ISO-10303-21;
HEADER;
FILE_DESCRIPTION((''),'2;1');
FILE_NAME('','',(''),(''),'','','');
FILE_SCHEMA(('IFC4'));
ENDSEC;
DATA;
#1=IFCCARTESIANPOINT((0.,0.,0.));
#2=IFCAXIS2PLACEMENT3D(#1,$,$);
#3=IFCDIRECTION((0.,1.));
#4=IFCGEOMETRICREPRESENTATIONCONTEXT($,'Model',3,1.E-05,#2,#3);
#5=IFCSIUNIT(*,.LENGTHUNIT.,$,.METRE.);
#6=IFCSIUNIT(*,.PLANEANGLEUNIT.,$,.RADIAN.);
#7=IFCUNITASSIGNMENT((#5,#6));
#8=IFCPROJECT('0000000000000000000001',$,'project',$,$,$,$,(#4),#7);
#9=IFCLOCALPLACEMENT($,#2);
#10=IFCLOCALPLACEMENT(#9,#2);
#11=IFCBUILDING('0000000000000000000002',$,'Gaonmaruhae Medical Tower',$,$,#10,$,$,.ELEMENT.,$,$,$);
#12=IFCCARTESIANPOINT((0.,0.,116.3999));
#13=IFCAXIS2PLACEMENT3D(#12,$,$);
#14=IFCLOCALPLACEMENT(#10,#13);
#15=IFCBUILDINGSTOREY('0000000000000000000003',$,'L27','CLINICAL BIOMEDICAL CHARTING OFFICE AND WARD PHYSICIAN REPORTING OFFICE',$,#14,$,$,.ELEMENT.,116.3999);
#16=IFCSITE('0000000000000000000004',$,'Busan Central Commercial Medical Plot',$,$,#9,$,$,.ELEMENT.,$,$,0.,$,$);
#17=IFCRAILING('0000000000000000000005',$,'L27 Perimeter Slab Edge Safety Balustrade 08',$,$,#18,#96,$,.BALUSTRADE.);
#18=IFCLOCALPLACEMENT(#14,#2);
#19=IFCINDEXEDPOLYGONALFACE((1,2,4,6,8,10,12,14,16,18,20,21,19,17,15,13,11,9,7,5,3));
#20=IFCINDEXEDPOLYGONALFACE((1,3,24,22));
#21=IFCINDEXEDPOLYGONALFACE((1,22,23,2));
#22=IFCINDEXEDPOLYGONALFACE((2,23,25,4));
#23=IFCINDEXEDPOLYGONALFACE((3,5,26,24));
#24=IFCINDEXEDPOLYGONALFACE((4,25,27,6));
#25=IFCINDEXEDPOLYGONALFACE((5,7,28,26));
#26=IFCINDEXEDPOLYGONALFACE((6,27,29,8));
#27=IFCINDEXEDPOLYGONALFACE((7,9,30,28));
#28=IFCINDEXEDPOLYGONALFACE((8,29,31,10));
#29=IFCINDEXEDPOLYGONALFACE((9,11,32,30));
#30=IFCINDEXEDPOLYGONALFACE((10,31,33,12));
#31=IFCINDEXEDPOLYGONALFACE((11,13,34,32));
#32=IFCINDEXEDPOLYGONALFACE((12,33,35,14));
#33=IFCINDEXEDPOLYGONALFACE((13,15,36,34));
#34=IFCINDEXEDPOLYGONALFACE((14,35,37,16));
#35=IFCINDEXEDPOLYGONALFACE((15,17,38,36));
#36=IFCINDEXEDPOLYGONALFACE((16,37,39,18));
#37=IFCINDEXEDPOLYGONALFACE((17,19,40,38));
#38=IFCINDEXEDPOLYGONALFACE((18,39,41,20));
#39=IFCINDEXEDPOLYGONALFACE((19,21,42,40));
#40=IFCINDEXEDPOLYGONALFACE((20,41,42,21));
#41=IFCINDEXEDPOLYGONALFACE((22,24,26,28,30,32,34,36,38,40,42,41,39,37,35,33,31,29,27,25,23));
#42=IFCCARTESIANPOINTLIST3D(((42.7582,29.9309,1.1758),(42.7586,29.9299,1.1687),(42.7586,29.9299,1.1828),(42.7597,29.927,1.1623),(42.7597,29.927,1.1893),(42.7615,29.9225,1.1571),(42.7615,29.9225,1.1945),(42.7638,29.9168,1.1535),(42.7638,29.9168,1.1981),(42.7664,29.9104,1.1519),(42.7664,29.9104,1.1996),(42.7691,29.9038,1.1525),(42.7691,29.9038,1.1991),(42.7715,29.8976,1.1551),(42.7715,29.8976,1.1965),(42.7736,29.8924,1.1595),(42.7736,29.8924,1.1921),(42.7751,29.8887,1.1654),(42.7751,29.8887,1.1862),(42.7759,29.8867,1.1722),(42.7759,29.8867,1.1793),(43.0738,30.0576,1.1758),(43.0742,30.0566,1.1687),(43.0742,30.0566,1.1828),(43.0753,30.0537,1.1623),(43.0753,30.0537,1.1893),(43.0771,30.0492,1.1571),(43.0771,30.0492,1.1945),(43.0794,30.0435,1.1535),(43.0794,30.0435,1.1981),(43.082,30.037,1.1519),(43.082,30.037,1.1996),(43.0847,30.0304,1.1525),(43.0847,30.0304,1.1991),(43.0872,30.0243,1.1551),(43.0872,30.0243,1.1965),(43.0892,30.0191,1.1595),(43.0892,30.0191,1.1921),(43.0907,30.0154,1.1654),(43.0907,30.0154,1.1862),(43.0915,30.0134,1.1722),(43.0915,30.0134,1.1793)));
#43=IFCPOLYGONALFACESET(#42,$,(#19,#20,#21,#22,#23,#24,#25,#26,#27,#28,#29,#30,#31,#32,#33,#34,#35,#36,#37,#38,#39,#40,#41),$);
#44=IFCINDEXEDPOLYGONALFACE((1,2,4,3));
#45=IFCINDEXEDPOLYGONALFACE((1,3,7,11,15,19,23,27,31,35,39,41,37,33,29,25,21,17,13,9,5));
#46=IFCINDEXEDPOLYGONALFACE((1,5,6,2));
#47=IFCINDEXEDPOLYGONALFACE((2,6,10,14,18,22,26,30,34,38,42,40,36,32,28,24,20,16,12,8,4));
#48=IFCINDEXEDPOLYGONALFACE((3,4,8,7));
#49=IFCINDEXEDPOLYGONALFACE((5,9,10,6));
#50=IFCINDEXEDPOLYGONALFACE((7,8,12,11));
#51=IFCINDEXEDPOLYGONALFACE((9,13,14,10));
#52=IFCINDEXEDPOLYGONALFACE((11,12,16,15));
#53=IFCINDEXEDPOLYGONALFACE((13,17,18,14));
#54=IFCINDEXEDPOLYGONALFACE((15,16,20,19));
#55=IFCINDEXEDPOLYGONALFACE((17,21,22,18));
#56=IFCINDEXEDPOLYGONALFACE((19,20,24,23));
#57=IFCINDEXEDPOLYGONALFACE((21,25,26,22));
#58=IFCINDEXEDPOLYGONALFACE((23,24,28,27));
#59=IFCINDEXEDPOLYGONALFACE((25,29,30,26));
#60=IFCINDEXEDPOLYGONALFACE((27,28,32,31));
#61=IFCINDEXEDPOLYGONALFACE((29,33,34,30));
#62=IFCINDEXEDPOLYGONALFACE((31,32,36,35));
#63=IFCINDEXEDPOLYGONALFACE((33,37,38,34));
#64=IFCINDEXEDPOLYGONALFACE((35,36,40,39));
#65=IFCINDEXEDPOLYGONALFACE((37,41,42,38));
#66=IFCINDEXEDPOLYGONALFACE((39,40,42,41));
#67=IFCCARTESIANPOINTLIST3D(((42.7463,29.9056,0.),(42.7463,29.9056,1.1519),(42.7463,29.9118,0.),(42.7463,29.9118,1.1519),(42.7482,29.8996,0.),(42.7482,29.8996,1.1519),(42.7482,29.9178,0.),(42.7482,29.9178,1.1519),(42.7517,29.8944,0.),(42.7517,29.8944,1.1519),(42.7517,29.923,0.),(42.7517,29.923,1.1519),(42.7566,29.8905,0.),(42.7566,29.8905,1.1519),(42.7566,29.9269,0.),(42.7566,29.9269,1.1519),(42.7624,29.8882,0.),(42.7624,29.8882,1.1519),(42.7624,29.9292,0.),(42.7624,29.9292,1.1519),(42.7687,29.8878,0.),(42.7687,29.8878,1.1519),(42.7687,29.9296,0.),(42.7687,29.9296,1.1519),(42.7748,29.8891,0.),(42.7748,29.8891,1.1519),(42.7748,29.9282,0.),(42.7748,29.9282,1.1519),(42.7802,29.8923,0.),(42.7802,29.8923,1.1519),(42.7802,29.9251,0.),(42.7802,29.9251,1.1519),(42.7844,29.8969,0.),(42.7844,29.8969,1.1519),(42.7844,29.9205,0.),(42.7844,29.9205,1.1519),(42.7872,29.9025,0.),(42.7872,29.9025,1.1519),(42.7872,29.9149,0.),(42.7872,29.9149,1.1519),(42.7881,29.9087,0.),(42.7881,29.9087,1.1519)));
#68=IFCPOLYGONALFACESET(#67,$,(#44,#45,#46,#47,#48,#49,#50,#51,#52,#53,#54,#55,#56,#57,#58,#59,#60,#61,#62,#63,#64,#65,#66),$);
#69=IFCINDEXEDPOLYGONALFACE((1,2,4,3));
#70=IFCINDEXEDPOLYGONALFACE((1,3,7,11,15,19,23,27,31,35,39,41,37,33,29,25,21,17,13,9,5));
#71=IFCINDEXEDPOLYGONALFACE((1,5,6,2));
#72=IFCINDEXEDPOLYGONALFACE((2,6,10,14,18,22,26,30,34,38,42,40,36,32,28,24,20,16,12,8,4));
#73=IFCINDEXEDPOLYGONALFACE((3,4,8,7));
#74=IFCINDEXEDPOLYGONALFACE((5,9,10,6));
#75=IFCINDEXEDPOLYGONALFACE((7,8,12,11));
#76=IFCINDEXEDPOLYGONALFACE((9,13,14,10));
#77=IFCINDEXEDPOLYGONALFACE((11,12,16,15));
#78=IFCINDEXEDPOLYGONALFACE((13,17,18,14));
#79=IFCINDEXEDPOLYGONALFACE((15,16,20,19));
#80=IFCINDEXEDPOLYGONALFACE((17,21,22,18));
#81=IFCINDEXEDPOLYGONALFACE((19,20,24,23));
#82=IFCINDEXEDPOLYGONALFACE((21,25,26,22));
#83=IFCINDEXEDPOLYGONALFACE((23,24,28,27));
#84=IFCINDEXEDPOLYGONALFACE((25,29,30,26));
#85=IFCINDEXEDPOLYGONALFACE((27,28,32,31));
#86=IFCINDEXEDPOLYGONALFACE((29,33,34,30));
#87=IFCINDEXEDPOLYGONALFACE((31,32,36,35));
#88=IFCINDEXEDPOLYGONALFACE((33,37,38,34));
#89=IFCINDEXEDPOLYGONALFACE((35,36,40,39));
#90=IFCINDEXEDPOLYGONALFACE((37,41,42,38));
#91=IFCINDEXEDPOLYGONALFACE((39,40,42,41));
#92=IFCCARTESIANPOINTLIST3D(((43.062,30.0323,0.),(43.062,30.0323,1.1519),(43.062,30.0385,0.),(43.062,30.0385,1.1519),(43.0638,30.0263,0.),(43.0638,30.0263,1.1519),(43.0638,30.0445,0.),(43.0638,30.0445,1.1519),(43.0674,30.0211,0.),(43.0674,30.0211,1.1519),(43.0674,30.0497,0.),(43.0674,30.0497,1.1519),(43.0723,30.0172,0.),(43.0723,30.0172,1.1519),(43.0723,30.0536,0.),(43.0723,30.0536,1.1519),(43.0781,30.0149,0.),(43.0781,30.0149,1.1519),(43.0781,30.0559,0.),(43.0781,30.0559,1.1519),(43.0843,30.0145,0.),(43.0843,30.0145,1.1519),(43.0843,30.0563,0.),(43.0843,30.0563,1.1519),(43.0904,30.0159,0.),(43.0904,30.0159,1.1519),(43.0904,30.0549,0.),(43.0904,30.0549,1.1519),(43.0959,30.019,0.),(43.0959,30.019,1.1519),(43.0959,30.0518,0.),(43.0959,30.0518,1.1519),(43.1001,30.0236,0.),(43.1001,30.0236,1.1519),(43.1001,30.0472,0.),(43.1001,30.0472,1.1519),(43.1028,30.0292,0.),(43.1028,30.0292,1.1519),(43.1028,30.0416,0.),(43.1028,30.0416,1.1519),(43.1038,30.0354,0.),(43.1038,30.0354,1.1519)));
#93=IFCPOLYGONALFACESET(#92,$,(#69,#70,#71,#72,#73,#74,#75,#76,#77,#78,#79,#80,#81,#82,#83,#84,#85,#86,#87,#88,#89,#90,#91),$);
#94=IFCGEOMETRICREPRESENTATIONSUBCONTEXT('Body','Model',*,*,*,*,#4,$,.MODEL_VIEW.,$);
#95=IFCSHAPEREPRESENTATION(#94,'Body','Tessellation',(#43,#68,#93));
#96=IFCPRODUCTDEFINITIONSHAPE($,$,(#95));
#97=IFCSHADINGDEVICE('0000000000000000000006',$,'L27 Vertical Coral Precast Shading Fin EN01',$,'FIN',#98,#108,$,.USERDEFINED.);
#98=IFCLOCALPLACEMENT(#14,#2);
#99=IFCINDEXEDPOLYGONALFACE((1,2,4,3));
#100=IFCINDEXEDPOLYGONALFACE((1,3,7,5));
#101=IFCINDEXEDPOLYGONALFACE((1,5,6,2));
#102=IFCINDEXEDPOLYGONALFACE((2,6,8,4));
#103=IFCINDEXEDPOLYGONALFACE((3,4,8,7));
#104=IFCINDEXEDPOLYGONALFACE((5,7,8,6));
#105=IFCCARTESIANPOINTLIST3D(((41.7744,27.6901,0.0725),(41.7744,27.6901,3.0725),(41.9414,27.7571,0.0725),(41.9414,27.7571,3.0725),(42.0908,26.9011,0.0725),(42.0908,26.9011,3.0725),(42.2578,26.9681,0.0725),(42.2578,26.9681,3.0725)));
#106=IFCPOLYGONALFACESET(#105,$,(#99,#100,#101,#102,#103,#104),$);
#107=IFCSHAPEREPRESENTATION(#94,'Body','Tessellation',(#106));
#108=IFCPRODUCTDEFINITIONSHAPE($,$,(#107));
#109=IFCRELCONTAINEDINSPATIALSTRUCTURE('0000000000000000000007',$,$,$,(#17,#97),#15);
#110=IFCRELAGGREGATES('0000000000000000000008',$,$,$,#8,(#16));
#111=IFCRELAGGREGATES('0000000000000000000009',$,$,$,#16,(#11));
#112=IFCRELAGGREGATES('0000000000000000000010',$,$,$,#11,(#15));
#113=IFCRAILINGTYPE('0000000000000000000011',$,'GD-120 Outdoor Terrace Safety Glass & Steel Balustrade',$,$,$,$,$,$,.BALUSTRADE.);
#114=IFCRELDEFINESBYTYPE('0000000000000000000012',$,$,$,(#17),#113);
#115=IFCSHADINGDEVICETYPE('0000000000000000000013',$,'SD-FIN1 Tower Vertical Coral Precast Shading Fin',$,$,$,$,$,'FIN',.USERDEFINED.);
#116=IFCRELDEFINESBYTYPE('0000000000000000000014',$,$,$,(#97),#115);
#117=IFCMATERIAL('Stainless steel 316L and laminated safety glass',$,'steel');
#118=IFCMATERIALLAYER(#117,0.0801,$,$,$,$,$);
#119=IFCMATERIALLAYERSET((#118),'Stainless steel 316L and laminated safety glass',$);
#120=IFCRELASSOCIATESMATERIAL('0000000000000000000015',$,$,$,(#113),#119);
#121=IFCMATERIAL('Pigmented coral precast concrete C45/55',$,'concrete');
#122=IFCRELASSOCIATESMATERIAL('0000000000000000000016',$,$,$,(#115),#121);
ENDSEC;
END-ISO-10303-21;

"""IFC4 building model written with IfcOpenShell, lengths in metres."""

from ifc_helpers import new_model, si_unit, direction, frame, origin, origin_2d, place, context, subcontext, project, spatial, rectangle, circle, extrude, material, layer, layer_set, type_object, element, save


model = new_model("IFC4")

# Units and contexts
model_context = context("Model", 3, precision=1e-05, world=origin(), true_north=direction((0.0, 1.0)))
body_context = subcontext(model_context, "Body", "Model", "MODEL_VIEW")
ifc_project = project(units=[si_unit("LENGTHUNIT", "METRE"), si_unit("PLANEANGLEUNIT", "RADIAN")], contexts=[model_context])

# Site, building, storey
site_placement = place(None, origin())
site = spatial("IfcSite", under=ifc_project, at=site_placement, Name="Busan Central Commercial Medical Plot", CompositionType="ELEMENT", RefElevation=0.0)
building_placement = place(site_placement, origin())
building = spatial("IfcBuilding", under=site, at=building_placement, Name="Gaonmaruhae Medical Tower", CompositionType="ELEMENT")
storey_placement = place(building_placement, frame((0.0, 0.0, 116.3999)))
storey = spatial("IfcBuildingStorey", under=building, at=storey_placement, Name="L27", Description="CLINICAL BIOMEDICAL CHARTING OFFICE AND WARD PHYSICIAN REPORTING OFFICE", CompositionType="ELEMENT", Elevation=116.3999)

# Railing
ifc_material_1 = material(Name="Stainless steel 316L and laminated safety glass", Category="steel")
ifc_layer_1 = layer(ifc_material_1, 0.0801)
ifc_layer_set_1 = layer_set([ifc_layer_1], Name="Stainless steel 316L and laminated safety glass")
railing_type = type_object("IfcRailingType", Name="GD-120 Outdoor Terrace Safety Glass & Steel Balustrade", PredefinedType="BALUSTRADE", material=ifc_layer_set_1)
railing_1_placement = place(storey_placement, frame((42.7671, 29.9087, 0.0)))
element("IfcRailing", 1, at=railing_1_placement, inside=storey, type_object=railing_type, Name="L27 Perimeter Slab Edge Safety Balustrade 08", PredefinedType="BALUSTRADE", context=body_context, shape_type="SweptSolid", body=[
    extrude(circle(Radius=0.0239, at=origin_2d()), frame((0.0, 0.0, 1.1758), z_axis=(0.928031, 0.372504, 0.0), x_axis=(-0.372504, 0.928031, 0.0)), (0.0, 0.0, 1.0), 0.3401),
    extrude(circle(Radius=0.021, at=origin_2d()), origin(), (0.0, 0.0, 1.0), 1.1519),
    extrude(circle(Radius=0.021, at=origin_2d()), frame((0.3157, 0.1267, 0.0)), (0.0, 0.0, 1.0), 1.1519),
])

# Shading device
ifc_material_2 = material(Name="Pigmented coral precast concrete C45/55", Category="concrete")
shading_device_type = type_object("IfcShadingDeviceType", Name="SD-FIN1 Tower Vertical Coral Precast Shading Fin", ElementType="FIN", PredefinedType="USERDEFINED", material=ifc_material_2)
shading_device_placement = place(storey_placement, frame((42.0161, 27.3291, 0.0725), z_axis=(0.0, 0.0, 1.0), x_axis=(0.928161, 0.372178, 0.0)))
element("IfcShadingDevice", 2, at=shading_device_placement, inside=storey, type_object=shading_device_type, Name="L27 Vertical Coral Precast Shading Fin EN01", ObjectType="FIN", PredefinedType="USERDEFINED", context=body_context, shape_type="SweptSolid", body=[
    extrude(rectangle(XDim=0.1799, YDim=0.8501, at=origin_2d()), origin(), (0.0, 0.0, 1.0), 3.0),
])

save(model, "model.ifc")
